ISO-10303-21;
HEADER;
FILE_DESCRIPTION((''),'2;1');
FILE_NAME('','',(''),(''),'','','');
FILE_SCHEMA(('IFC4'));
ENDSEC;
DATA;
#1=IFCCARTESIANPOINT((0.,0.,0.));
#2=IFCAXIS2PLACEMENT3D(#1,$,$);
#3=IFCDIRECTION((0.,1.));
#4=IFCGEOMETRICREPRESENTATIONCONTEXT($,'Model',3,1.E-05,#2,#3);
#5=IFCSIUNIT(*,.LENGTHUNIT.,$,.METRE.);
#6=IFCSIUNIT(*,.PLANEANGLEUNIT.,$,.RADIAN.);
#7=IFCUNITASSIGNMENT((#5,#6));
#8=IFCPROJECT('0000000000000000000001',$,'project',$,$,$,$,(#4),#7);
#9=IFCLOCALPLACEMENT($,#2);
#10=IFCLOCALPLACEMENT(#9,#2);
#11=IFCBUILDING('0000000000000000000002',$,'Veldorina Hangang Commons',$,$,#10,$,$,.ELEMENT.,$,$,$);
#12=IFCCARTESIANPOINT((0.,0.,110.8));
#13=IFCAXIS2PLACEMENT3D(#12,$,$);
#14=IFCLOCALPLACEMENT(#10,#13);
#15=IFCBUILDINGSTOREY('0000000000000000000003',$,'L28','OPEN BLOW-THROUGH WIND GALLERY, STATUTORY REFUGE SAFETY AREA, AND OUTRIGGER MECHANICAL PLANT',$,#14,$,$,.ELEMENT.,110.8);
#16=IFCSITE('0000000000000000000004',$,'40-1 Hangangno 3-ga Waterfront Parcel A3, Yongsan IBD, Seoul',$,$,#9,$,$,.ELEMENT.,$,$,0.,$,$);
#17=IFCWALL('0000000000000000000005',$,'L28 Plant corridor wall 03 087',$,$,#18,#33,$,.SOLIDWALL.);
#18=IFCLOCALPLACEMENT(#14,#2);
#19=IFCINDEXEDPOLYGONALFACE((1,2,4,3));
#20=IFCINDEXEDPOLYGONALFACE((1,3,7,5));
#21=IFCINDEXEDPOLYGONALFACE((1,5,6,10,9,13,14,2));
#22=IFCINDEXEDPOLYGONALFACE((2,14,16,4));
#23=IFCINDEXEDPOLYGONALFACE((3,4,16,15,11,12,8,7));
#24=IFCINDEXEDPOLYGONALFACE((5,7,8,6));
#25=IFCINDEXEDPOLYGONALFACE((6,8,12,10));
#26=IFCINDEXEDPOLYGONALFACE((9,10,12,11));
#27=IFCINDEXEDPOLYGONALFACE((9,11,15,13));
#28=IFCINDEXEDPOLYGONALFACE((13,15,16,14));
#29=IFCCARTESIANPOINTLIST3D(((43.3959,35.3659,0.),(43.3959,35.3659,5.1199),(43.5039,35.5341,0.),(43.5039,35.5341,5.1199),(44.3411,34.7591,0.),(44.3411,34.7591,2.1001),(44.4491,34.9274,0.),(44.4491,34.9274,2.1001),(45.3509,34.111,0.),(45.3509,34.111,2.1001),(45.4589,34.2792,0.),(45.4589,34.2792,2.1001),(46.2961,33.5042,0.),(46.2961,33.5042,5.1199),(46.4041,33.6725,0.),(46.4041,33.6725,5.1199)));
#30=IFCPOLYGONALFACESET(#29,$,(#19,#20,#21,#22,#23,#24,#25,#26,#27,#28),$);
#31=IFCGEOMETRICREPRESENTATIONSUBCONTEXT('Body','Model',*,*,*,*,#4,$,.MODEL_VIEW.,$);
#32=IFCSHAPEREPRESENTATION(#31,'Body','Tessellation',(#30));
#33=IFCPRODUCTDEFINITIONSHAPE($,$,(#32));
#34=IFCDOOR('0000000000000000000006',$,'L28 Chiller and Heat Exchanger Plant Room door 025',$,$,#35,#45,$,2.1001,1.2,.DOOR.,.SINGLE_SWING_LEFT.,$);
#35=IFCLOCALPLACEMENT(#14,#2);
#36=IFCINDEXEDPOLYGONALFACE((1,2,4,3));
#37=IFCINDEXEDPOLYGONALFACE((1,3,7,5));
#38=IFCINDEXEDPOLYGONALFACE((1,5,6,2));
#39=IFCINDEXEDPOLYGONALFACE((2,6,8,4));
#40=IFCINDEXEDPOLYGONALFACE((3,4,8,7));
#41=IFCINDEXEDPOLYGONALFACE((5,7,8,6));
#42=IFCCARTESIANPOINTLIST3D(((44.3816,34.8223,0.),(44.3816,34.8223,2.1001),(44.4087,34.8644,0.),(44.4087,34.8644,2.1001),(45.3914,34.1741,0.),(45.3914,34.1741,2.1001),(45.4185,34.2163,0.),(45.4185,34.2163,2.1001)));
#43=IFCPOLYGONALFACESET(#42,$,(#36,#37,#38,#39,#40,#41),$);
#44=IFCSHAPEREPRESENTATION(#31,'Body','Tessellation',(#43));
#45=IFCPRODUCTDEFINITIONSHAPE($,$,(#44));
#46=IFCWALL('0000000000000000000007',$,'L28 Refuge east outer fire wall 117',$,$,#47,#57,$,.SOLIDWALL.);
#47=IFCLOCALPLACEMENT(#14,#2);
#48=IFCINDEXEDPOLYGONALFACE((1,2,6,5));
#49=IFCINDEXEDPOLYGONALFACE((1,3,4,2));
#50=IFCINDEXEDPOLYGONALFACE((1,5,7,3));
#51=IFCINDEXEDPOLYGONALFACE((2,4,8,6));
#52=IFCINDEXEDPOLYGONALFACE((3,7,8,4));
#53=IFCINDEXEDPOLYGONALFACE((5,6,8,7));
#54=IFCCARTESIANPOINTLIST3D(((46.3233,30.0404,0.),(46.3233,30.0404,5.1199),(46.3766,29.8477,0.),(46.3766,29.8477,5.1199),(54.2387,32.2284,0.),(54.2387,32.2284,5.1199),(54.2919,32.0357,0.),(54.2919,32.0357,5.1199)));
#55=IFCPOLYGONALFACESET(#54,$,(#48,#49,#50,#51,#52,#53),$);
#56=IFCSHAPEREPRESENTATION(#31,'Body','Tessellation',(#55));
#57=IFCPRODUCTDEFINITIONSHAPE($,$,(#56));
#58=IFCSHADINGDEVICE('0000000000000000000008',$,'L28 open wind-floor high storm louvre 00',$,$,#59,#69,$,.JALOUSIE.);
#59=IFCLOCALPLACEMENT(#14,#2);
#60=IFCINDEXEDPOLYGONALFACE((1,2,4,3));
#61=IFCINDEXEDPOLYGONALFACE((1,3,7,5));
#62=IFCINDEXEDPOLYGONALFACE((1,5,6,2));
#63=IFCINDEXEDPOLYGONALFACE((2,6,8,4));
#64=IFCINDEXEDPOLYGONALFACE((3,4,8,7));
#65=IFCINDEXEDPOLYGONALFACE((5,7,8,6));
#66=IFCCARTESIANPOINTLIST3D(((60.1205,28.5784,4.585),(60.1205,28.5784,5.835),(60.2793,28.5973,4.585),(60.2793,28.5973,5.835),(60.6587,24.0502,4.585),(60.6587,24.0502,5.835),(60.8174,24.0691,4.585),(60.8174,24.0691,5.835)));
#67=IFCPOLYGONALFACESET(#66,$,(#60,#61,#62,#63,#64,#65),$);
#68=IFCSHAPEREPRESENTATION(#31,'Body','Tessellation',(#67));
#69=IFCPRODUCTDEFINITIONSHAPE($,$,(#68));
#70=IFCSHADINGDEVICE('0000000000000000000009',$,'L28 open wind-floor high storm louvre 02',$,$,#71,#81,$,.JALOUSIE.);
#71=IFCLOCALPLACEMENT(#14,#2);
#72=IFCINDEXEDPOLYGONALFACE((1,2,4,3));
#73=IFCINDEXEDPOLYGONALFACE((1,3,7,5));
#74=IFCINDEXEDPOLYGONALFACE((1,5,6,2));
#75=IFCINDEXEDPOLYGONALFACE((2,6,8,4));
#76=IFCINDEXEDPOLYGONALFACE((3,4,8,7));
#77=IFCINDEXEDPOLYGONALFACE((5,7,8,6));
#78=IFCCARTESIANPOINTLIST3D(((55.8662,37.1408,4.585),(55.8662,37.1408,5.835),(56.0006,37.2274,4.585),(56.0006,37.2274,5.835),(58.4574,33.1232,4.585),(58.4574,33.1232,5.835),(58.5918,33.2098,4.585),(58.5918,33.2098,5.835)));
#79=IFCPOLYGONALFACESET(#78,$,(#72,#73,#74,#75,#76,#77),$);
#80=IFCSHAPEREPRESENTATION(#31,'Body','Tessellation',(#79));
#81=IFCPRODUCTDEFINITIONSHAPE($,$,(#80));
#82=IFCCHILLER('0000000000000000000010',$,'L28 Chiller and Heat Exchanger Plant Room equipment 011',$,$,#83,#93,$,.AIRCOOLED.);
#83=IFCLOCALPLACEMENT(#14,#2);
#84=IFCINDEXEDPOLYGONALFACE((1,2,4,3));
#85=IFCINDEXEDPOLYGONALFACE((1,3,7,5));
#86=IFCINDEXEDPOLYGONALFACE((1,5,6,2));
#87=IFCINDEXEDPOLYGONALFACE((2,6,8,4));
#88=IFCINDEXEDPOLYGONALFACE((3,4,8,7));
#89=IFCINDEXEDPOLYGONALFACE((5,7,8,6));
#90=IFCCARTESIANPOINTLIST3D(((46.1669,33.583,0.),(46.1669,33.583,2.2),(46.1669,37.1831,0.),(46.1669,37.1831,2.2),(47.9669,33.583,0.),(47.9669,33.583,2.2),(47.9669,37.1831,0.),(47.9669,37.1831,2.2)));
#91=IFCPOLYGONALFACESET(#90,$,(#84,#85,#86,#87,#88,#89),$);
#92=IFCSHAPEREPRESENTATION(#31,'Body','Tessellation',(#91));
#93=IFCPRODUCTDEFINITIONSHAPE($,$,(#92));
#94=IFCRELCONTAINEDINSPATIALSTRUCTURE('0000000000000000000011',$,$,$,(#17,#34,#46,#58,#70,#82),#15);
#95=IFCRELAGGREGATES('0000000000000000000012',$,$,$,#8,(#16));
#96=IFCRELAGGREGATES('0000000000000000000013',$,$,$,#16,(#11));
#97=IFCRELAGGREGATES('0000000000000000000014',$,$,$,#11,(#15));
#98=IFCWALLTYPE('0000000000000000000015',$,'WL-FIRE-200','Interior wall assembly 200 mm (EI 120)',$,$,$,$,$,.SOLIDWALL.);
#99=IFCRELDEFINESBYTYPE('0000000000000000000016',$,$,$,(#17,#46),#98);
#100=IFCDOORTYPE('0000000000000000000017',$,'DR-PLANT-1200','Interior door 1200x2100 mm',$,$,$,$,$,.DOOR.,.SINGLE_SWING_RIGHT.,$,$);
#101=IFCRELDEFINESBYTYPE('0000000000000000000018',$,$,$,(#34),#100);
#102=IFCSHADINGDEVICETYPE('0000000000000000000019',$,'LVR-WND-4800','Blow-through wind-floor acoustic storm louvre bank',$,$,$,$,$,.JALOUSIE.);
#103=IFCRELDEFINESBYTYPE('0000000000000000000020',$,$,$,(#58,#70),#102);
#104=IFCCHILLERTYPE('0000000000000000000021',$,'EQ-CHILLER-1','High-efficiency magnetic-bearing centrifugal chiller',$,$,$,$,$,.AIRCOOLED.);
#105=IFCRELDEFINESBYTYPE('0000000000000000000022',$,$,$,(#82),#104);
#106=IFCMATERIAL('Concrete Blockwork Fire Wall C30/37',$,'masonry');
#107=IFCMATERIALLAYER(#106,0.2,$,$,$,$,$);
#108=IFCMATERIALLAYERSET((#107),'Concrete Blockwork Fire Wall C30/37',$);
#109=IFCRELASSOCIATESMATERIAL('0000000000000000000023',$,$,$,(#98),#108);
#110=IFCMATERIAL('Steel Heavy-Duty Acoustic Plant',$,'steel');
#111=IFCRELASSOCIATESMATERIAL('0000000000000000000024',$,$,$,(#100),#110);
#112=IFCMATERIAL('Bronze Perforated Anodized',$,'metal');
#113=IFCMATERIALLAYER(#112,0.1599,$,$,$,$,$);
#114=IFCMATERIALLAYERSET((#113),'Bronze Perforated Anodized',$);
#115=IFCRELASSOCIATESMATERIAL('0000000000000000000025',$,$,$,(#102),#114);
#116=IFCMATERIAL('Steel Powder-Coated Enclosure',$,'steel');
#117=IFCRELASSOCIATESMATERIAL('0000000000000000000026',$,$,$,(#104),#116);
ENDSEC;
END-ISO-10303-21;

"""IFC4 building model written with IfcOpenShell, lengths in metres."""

from ifc_helpers import new_model, si_unit, direction, frame, frame_2d, origin, origin_2d, place, context, subcontext, project, spatial, rectangle, extrude, material, layer, layer_set, type_object, element, fill, save


model = new_model("IFC4")

# Units and contexts
model_context = context("Model", 3, precision=1e-05, world=origin(), true_north=direction((0.0, 1.0)))
body_context = subcontext(model_context, "Body", "Model", "MODEL_VIEW")
ifc_project = project(units=[si_unit("LENGTHUNIT", "METRE"), si_unit("PLANEANGLEUNIT", "RADIAN")], contexts=[model_context])

# Site, building, storey
site_placement = place(None, origin())
site = spatial("IfcSite", under=ifc_project, at=site_placement, Name="40-1 Hangangno 3-ga Waterfront Parcel A3, Yongsan IBD, Seoul", CompositionType="ELEMENT", RefElevation=0.0)
building_placement = place(site_placement, origin())
building = spatial("IfcBuilding", under=site, at=building_placement, Name="Veldorina Hangang Commons", CompositionType="ELEMENT")
storey_placement = place(building_placement, frame((0.0, 0.0, 110.8)))
storey = spatial("IfcBuildingStorey", under=building, at=storey_placement, Name="L28", Description="OPEN BLOW-THROUGH WIND GALLERY, STATUTORY REFUGE SAFETY AREA, AND OUTRIGGER MECHANICAL PLANT", CompositionType="ELEMENT", Elevation=110.8)

# Shared definitions
ifc_material_1 = material(Name="Concrete Blockwork Fire Wall C30/37", Category="masonry")
ifc_layer_1 = layer(ifc_material_1, 0.2)
ifc_layer_set_1 = layer_set([ifc_layer_1], Name="Concrete Blockwork Fire Wall C30/37")
wall_type = type_object("IfcWallType", Name="WL-FIRE-200", Description="Interior wall assembly 200 mm (EI 120)", PredefinedType="SOLIDWALL", material=ifc_layer_set_1)

# Wall, opening, door
wall_1_placement = place(storey_placement, frame((46.3501, 33.5884, 0.0), z_axis=(0.0, 0.0, 1.0), x_axis=(-0.841549, 0.540181, 0.0)))
wall_1 = element("IfcWall", 1, at=wall_1_placement, inside=storey, type_object=wall_type, Name="L28 Plant corridor wall 03 087", PredefinedType="SOLIDWALL", context=body_context, shape_type="SweptSolid", body=[
    extrude(rectangle(XDim=3.4463, YDim=0.2, at=frame_2d((1.7231, 0.0))), origin(), (0.0, 0.0, 1.0), 5.1199),
])
opening_1_placement = place(wall_1_placement, frame((1.123, 0.0, 0.0)))
opening_1 = element("IfcOpeningElement", 2, at=opening_1_placement, cuts=wall_1, PredefinedType="OPENING", context=body_context, shape_type="SweptSolid", body=[
    extrude(rectangle(XDim=1.2, YDim=2.1001, at=frame_2d((0.6001, 1.05))), frame((0.0, 0.1099, 0.0), z_axis=(0.0, -1.0, 0.0), x_axis=(1.0, 0.0, 0.0)), (0.0, 0.0, 1.0), 0.22),
])
ifc_material_2 = material(Name="Steel Heavy-Duty Acoustic Plant", Category="steel")
door_type_1 = type_object("IfcDoorType", Name="DR-PLANT-1200", Description="Interior door 1200x2100 mm", OperationType="SINGLE_SWING_RIGHT", PredefinedType="DOOR", material=ifc_material_2)
door_1_placement = place(opening_1_placement, origin())
door_1 = element("IfcDoor", 3, at=door_1_placement, inside=storey, type_object=door_type_1, Name="L28 Chiller and Heat Exchanger Plant Room door 025", OperationType="SINGLE_SWING_LEFT", OverallHeight=2.1001, OverallWidth=1.2, PredefinedType="DOOR", context=body_context, shape_type="SweptSolid", body=[
    extrude(rectangle(XDim=1.2, YDim=2.1001, at=frame_2d((0.6001, 1.05))), frame((0.0, 0.0249, 0.0), z_axis=(0.0, -1.0, 0.0), x_axis=(1.0, 0.0, 0.0)), (0.0, 0.0, 1.0), 0.05),
])
fill(opening_1, door_1)

# Wall
wall_2_placement = place(storey_placement, frame((46.3501, 29.9441, 0.0), z_axis=(0.0, 0.0, 1.0), x_axis=(0.963853, 0.266434, 0.0)))
element("IfcWall", 4, at=wall_2_placement, inside=storey, type_object=wall_type, Name="L28 Refuge east outer fire wall 117", PredefinedType="SOLIDWALL", context=body_context, shape_type="SweptSolid", body=[
    extrude(rectangle(XDim=8.2122, YDim=0.2, at=frame_2d((4.106, 0.0))), origin(), (0.0, 0.0, 1.0), 5.1199),
])

# Shading devices
ifc_material_3 = material(Name="Bronze Perforated Anodized", Category="metal")
ifc_layer_2 = layer(ifc_material_3, 0.1599)
ifc_layer_set_2 = layer_set([ifc_layer_2], Name="Bronze Perforated Anodized")
shading_device_type = type_object("IfcShadingDeviceType", Name="LVR-WND-4800", Description="Blow-through wind-floor acoustic storm louvre bank", PredefinedType="JALOUSIE", material=ifc_layer_set_2)
shading_device_1_placement = place(storey_placement, frame((60.469, 26.3237, 4.585), z_axis=(0.0, 0.0, 1.0), x_axis=(-0.118005, 0.993013, 0.0)))
element("IfcShadingDevice", 5, at=shading_device_1_placement, inside=storey, type_object=shading_device_type, Name="L28 open wind-floor high storm louvre 00", PredefinedType="JALOUSIE", context=body_context, shape_type="SweptSolid", body=[
    extrude(rectangle(XDim=4.5601, YDim=0.1599, at=origin_2d()), origin(), (0.0, 0.0, 1.0), 1.25),
])
shading_device_2_placement = place(storey_placement, frame((57.229, 35.1753, 4.585), z_axis=(0.0, 0.0, 1.0), x_axis=(-0.542016, 0.840368, 0.0)))
element("IfcShadingDevice", 6, at=shading_device_2_placement, inside=storey, type_object=shading_device_type, Name="L28 open wind-floor high storm louvre 02", PredefinedType="JALOUSIE", context=body_context, shape_type="SweptSolid", body=[
    extrude(rectangle(XDim=4.7808, YDim=0.1599, at=origin_2d()), origin(), (0.0, 0.0, 1.0), 1.25),
])

# Chiller
ifc_material_4 = material(Name="Steel Powder-Coated Enclosure", Category="steel")
chiller_type = type_object("IfcChillerType", Name="EQ-CHILLER-1", Description="High-efficiency magnetic-bearing centrifugal chiller", PredefinedType="AIRCOOLED", material=ifc_material_4)
chiller_placement = place(storey_placement, frame((47.0669, 35.3831, 0.0), z_axis=(0.0, 0.0, 1.0), x_axis=(1.0, 0.0, 0.0)))
element("IfcChiller", 7, at=chiller_placement, inside=storey, type_object=chiller_type, Name="L28 Chiller and Heat Exchanger Plant Room equipment 011", PredefinedType="AIRCOOLED", context=body_context, shape_type="SweptSolid", body=[
    extrude(rectangle(XDim=1.8, YDim=3.6001, at=origin_2d()), origin(), (0.0, 0.0, 1.0), 2.2),
])

save(model, "model.ifc")
